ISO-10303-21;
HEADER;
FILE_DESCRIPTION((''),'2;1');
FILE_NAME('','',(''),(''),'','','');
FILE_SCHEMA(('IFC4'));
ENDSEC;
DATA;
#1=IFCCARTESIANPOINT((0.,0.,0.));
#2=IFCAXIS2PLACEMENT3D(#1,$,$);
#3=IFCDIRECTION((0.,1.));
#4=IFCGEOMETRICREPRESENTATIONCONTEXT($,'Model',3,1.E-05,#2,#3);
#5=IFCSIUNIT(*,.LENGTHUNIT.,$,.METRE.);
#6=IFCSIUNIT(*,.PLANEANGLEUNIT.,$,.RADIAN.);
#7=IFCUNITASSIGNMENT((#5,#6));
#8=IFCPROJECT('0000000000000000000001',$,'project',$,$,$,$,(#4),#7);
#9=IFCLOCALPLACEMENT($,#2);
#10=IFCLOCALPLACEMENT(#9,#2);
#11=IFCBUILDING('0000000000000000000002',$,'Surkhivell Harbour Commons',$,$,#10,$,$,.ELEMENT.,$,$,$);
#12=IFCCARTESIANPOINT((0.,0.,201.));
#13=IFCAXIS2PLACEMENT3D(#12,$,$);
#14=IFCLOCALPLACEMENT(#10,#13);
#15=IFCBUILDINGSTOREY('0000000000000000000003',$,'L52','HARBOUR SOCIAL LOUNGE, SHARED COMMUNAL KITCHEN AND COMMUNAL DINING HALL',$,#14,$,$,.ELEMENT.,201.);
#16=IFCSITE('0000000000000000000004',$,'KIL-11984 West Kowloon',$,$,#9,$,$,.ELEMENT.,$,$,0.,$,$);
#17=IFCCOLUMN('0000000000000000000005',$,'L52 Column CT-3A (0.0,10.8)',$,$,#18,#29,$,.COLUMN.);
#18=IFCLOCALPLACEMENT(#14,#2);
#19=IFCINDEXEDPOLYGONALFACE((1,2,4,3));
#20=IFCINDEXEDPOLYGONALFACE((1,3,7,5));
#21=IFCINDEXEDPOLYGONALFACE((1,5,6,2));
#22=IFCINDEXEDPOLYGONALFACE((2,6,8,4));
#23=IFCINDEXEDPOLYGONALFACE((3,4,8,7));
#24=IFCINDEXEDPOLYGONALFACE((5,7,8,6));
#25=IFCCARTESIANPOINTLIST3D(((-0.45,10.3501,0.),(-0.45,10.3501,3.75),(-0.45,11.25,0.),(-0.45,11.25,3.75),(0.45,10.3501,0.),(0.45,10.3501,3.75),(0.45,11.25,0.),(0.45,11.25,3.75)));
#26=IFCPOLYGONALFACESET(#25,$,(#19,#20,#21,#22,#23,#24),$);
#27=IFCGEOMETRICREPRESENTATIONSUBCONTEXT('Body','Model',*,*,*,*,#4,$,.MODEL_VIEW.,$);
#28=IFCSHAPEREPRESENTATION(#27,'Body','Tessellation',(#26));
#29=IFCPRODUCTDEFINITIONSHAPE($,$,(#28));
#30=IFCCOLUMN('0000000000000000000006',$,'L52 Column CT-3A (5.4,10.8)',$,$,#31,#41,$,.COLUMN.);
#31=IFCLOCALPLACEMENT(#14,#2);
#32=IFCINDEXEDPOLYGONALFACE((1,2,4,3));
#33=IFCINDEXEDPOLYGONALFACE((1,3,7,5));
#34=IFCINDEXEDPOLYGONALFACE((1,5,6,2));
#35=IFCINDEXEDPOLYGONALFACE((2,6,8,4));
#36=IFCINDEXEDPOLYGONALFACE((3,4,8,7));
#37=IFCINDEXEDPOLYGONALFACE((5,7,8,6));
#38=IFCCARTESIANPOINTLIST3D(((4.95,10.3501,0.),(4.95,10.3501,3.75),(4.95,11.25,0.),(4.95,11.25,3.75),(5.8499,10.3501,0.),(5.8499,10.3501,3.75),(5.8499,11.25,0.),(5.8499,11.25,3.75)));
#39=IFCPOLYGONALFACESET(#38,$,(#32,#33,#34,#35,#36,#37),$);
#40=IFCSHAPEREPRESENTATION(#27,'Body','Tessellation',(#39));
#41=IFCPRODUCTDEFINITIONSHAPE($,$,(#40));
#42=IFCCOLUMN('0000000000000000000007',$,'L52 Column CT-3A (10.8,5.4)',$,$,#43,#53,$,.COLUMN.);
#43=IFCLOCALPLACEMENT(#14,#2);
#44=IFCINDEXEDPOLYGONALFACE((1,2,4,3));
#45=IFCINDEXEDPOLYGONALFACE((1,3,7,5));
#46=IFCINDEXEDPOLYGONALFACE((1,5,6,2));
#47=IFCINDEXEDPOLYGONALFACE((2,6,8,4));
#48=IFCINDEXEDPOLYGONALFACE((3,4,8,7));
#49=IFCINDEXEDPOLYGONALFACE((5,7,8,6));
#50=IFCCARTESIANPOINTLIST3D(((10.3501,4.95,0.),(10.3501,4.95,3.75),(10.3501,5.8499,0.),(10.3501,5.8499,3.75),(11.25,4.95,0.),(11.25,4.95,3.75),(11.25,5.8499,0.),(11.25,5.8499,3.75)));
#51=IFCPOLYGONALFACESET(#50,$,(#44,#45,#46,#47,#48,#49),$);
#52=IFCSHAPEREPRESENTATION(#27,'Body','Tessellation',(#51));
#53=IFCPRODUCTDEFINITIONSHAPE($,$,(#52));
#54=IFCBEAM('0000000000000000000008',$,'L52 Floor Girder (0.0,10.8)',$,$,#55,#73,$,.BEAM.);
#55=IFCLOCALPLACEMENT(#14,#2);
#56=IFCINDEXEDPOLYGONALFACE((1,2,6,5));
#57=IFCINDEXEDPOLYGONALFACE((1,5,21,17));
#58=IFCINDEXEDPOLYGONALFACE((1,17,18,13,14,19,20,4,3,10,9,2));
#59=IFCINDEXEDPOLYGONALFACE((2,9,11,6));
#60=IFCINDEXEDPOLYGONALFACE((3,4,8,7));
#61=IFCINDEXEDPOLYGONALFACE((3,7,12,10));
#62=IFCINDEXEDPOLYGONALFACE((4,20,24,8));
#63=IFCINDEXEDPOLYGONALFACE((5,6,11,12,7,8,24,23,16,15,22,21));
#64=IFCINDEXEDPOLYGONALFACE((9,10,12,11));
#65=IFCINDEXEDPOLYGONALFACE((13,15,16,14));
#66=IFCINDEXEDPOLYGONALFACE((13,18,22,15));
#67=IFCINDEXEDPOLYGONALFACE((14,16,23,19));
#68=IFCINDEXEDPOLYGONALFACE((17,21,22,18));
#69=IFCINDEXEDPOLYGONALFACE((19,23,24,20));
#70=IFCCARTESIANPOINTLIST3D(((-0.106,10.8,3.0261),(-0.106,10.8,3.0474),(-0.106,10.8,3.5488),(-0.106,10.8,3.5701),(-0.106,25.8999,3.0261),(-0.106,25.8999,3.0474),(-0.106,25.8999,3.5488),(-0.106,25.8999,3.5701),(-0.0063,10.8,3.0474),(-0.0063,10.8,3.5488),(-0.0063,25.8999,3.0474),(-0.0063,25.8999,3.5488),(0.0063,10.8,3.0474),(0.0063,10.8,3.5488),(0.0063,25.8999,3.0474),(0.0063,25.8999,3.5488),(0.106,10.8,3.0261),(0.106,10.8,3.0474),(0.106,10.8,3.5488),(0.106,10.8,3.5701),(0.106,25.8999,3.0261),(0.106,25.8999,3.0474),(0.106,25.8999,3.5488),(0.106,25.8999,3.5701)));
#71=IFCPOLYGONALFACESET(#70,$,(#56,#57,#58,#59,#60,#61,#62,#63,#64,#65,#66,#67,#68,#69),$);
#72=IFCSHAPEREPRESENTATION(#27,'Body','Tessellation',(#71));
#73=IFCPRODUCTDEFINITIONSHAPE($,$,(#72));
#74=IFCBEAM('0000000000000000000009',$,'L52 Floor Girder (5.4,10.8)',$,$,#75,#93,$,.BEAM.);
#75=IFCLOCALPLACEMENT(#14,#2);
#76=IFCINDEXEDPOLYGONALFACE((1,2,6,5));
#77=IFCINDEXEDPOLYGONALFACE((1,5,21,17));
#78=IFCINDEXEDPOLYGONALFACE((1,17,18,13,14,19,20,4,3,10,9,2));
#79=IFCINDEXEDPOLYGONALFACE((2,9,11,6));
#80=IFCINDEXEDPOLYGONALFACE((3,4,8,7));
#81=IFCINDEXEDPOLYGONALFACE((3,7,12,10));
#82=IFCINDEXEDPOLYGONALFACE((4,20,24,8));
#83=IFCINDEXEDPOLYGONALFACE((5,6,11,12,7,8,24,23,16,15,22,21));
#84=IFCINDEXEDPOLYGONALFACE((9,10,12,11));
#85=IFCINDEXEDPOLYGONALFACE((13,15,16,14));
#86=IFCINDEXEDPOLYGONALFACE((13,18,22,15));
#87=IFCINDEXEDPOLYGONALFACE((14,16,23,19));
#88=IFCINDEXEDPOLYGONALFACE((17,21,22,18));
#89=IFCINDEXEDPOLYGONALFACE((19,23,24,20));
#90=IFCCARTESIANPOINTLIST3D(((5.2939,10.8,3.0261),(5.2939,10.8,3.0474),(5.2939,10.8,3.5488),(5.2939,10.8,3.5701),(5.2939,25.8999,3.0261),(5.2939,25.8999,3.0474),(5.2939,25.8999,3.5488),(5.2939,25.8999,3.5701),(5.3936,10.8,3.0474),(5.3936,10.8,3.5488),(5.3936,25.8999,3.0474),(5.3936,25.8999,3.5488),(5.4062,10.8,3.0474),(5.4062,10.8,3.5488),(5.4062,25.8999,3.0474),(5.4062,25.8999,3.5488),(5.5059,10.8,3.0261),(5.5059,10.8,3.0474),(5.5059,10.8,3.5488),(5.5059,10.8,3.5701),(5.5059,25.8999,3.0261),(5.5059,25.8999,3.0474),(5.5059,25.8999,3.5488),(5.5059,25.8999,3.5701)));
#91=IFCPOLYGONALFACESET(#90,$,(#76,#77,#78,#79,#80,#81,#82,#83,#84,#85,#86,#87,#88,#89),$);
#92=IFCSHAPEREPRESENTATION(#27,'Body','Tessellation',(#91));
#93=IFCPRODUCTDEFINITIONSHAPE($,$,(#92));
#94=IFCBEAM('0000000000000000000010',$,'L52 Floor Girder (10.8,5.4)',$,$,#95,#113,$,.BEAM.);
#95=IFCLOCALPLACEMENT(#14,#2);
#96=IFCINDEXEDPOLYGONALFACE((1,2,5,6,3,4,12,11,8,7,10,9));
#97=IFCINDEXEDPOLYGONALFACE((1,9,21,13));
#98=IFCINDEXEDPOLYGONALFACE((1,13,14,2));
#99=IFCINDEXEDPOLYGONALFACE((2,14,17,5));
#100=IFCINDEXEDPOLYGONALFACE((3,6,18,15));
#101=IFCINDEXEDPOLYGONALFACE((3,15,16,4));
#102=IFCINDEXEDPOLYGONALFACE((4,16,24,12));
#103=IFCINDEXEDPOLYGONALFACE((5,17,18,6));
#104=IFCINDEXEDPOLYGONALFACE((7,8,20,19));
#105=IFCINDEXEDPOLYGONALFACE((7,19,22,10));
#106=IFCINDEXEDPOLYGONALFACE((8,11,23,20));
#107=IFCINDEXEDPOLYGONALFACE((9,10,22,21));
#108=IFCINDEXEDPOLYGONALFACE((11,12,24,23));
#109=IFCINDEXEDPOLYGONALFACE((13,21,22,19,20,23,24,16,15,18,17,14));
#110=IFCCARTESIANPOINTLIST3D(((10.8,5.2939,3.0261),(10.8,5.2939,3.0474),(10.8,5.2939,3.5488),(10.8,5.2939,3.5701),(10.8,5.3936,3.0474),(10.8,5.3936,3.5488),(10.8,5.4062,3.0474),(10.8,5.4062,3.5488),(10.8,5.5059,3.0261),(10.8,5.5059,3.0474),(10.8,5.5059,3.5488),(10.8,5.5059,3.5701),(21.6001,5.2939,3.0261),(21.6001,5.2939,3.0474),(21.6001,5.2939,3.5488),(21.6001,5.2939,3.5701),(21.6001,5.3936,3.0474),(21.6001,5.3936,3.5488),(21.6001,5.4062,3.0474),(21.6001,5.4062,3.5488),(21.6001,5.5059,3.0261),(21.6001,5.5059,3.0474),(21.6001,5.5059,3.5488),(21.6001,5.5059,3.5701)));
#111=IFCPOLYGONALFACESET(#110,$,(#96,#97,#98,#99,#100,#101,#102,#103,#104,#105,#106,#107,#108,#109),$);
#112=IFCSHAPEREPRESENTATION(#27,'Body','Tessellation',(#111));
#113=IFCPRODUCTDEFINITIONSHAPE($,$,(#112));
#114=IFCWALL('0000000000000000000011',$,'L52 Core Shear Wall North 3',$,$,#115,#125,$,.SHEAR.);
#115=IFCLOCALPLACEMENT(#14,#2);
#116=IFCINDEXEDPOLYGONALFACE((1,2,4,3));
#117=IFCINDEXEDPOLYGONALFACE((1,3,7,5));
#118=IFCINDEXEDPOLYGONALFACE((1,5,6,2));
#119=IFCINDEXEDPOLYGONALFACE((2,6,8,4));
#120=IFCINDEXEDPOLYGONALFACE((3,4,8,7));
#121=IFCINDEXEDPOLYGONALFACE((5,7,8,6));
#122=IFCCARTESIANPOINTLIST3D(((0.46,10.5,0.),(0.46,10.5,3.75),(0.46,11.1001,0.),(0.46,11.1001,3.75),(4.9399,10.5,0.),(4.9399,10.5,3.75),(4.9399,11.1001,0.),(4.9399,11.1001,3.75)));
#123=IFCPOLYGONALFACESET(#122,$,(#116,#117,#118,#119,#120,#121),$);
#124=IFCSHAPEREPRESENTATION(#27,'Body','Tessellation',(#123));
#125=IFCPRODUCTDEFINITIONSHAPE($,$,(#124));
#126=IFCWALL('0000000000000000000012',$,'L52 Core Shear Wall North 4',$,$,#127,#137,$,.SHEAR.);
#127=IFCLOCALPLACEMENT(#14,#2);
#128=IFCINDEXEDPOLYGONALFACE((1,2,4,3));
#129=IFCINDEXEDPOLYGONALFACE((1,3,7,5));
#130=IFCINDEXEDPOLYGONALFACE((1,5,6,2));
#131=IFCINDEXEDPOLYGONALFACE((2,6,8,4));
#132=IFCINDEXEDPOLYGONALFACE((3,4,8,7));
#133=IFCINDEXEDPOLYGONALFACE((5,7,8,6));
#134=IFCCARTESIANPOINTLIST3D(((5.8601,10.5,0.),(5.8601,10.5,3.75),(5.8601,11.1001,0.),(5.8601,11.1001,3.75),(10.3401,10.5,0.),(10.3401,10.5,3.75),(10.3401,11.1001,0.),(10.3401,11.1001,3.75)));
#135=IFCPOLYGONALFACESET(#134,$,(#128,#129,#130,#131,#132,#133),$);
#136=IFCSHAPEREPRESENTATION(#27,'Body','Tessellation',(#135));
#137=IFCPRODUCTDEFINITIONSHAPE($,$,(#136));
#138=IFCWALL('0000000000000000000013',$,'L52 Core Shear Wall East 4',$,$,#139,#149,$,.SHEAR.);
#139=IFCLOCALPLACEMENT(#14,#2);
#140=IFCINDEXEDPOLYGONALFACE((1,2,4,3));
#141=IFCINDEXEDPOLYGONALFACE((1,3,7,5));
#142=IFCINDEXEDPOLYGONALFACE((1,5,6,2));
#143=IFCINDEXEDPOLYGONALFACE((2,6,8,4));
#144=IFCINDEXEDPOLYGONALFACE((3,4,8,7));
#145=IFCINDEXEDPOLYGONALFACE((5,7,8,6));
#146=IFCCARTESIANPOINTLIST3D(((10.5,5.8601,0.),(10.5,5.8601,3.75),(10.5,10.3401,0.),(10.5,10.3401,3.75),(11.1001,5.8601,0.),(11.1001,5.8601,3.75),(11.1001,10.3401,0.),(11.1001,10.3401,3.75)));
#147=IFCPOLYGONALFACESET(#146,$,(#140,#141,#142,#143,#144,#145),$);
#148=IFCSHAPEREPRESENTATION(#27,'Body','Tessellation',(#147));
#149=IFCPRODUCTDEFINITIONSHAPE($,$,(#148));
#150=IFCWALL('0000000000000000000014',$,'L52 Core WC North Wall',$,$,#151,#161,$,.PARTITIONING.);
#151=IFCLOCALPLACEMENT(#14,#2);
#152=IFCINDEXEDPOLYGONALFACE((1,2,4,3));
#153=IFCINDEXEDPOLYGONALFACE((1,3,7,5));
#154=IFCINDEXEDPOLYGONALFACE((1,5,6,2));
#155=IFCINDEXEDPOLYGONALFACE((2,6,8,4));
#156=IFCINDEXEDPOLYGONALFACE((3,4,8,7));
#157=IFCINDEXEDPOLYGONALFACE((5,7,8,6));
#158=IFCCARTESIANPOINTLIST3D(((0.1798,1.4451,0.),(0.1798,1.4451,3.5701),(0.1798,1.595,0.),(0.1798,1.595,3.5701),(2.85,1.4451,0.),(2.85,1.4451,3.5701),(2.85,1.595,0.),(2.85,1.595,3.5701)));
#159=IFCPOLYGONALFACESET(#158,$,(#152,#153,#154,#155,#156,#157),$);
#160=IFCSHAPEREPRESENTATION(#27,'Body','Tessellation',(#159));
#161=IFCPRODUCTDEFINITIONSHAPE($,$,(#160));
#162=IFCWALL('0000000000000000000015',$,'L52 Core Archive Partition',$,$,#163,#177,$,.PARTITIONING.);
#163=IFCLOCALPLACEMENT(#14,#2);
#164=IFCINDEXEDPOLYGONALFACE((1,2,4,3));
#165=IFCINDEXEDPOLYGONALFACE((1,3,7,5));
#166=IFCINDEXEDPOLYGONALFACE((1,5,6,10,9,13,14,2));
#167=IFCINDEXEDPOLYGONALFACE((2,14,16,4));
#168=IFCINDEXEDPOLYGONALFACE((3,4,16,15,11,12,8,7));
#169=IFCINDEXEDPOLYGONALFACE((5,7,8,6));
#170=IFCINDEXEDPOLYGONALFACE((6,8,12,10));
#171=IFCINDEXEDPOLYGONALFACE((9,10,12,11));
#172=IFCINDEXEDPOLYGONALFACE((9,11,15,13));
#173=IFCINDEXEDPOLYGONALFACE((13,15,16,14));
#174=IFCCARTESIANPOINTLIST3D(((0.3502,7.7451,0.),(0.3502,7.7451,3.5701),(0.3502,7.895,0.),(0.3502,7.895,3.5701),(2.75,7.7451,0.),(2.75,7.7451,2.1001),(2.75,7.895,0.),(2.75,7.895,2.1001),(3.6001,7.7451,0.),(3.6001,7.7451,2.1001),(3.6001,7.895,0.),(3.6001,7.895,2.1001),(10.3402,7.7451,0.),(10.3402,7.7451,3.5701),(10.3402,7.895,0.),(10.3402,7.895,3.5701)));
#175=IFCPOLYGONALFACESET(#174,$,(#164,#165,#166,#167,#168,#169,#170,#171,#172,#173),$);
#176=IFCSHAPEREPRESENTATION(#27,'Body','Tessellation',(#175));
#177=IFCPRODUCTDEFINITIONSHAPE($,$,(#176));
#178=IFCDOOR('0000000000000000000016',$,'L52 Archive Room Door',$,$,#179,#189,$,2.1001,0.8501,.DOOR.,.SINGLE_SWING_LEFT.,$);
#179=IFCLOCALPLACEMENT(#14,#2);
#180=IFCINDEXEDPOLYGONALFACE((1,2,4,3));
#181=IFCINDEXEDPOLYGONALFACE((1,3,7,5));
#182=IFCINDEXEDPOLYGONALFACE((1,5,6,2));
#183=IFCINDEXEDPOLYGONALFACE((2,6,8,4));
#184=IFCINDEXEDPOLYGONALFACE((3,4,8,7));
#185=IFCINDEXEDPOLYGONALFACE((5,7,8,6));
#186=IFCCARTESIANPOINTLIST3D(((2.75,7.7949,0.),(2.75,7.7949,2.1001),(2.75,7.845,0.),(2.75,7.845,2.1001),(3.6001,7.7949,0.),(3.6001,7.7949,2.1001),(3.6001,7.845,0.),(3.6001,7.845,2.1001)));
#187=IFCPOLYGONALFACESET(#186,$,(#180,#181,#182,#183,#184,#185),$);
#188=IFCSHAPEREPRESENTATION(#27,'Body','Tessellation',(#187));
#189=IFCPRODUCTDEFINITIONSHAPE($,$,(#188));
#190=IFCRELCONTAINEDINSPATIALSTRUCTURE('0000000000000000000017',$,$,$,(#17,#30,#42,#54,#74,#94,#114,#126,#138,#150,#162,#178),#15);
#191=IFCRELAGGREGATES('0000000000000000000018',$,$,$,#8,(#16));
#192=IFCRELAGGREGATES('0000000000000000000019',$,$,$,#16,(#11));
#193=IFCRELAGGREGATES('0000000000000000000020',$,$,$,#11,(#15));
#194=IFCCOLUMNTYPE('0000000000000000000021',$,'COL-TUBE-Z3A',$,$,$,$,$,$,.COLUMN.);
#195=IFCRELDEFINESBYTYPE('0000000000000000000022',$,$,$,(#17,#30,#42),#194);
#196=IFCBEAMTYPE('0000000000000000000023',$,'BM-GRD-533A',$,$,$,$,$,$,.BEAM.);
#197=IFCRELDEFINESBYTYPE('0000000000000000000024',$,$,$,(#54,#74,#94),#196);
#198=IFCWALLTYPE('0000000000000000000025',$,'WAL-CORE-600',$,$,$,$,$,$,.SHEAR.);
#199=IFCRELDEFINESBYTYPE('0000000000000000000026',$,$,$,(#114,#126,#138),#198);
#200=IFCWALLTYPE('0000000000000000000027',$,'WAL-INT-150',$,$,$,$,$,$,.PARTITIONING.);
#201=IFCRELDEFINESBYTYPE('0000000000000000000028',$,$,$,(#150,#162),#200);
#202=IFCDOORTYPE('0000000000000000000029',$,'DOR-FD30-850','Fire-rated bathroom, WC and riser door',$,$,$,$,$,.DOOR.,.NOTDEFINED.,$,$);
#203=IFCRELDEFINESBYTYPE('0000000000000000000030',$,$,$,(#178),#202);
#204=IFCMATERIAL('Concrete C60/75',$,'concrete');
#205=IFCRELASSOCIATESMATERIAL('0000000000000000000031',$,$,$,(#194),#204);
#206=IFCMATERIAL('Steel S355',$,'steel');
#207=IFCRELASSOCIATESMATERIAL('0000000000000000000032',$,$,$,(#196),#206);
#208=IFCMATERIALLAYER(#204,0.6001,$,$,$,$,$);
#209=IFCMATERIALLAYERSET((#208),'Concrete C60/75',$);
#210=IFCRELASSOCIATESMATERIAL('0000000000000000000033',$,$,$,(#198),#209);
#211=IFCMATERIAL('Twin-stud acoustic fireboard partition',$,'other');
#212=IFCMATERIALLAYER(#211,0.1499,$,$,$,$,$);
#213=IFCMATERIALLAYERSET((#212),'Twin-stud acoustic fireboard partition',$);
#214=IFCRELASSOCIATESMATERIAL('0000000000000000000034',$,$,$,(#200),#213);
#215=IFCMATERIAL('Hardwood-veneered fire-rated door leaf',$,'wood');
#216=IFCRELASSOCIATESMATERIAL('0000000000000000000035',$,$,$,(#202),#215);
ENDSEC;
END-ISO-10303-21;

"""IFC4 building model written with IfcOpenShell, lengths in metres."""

from ifc_helpers import new_model, si_unit, direction, frame, frame_2d, origin, origin_2d, place, context, subcontext, project, spatial, rectangle, i_section, extrude, material, layer, layer_set, material_profile, profile_set, type_object, element, fill, save


model = new_model("IFC4")

# Units and contexts
model_context = context("Model", 3, precision=1e-05, world=origin(), true_north=direction((0.0, 1.0)))
body_context = subcontext(model_context, "Body", "Model", "MODEL_VIEW")
ifc_project = project(units=[si_unit("LENGTHUNIT", "METRE"), si_unit("PLANEANGLEUNIT", "RADIAN")], contexts=[model_context])

# Site, building, storey
site_placement = place(None, origin())
site = spatial("IfcSite", under=ifc_project, at=site_placement, Name="KIL-11984 West Kowloon", CompositionType="ELEMENT", RefElevation=0.0)
building_placement = place(site_placement, origin())
building = spatial("IfcBuilding", under=site, at=building_placement, Name="Surkhivell Harbour Commons", CompositionType="ELEMENT")
storey_placement = place(building_placement, frame((0.0, 0.0, 201.0)))
storey = spatial("IfcBuildingStorey", under=building, at=storey_placement, Name="L52", Description="HARBOUR SOCIAL LOUNGE, SHARED COMMUNAL KITCHEN AND COMMUNAL DINING HALL", CompositionType="ELEMENT", Elevation=201.0)

# Columns
ifc_material_1 = material(Name="Concrete C60/75", Category="concrete")
ifc_material_profile_1 = material_profile(ifc_material_1, rectangle(XDim=0.8999, YDim=0.8999, at=origin_2d()), Name="RC-COL-900x900")
ifc_profile_set_1 = profile_set([ifc_material_profile_1], Name="Concrete C60/75")
column_type = type_object("IfcColumnType", Name="COL-TUBE-Z3A", PredefinedType="COLUMN", material=ifc_profile_set_1)
for number, where, z_axis, x_axis, name in (
    (1, (0.0, 10.8, 0.0), (0.0, 0.0, 1.0), (1.0, 0.0, 0.0), "L52 Column CT-3A (0.0,10.8)"),
    (2, (5.3999, 10.8, 0.0), (0.0, 0.0, 1.0), (1.0, 0.0, 0.0), "L52 Column CT-3A (5.4,10.8)"),
    (3, (10.8, 5.3999, 0.0), (0.0, 0.0, 1.0), (1.0, 0.0, 0.0), "L52 Column CT-3A (10.8,5.4)"),
):
    element("IfcColumn", number, at=place(storey_placement, frame(where, z_axis=z_axis, x_axis=x_axis)), inside=storey, type_object=column_type, Name=name, PredefinedType="COLUMN", context=body_context, shape_type="SweptSolid", body=[
        extrude(rectangle(XDim=0.8999, YDim=0.8999, at=origin_2d()), origin(), (0.0, 0.0, 1.0), 3.75),
    ])

# Beams
ifc_material_2 = material(Name="Steel S355", Category="steel")
ifc_material_profile_2 = material_profile(ifc_material_2, i_section(OverallWidth=0.2119, OverallDepth=0.5439, WebThickness=0.0127, FlangeThickness=0.0212, at=origin_2d()), Name="UB533x210x122")
ifc_profile_set_2 = profile_set([ifc_material_profile_2], Name="Steel S355")
beam_type = type_object("IfcBeamType", Name="BM-GRD-533A", PredefinedType="BEAM", material=ifc_profile_set_2)
for number, where, z_axis, x_axis, name in (
    (4, (0.0, 10.8, 3.2981), (0.0, 1.0, 0.0), (-1.0, 0.0, 0.0), "L52 Floor Girder (0.0,10.8)"),
    (5, (5.3999, 10.8, 3.2981), (0.0, 1.0, 0.0), (-1.0, 0.0, 0.0), "L52 Floor Girder (5.4,10.8)"),
):
    element("IfcBeam", number, at=place(storey_placement, frame(where, z_axis=z_axis, x_axis=x_axis)), inside=storey, type_object=beam_type, Name=name, PredefinedType="BEAM", context=body_context, shape_type="SweptSolid", body=[
        extrude(i_section(OverallWidth=0.2119, OverallDepth=0.5439, WebThickness=0.0127, FlangeThickness=0.0212, at=origin_2d()), origin(), (0.0, 0.0, 1.0), 15.0999),
    ])
beam_placement = place(storey_placement, frame((10.8, 5.3999, 3.2981), z_axis=(1.0, 0.0, 0.0), x_axis=(0.0, 1.0, 0.0)))
element("IfcBeam", 6, at=beam_placement, inside=storey, type_object=beam_type, Name="L52 Floor Girder (10.8,5.4)", PredefinedType="BEAM", context=body_context, shape_type="SweptSolid", body=[
    extrude(i_section(OverallWidth=0.2119, OverallDepth=0.5439, WebThickness=0.0127, FlangeThickness=0.0212, at=origin_2d()), origin(), (0.0, 0.0, 1.0), 10.8),
])

# Walls
ifc_layer_1 = layer(ifc_material_1, 0.6001)
ifc_layer_set_1 = layer_set([ifc_layer_1], Name="Concrete C60/75")
wall_type_1 = type_object("IfcWallType", Name="WAL-CORE-600", PredefinedType="SHEAR", material=ifc_layer_set_1)
for number, where, z_axis, x_axis, name in (
    (7, (0.46, 10.8, 0.0), (0.0, 0.0, 1.0), (1.0, 0.0, 0.0), "L52 Core Shear Wall North 3"),
    (8, (5.8601, 10.8, 0.0), (0.0, 0.0, 1.0), (1.0, 0.0, 0.0), "L52 Core Shear Wall North 4"),
    (9, (10.8, 5.8601, 0.0), (0.0, 0.0, 1.0), (0.0, 1.0, 0.0), "L52 Core Shear Wall East 4"),
):
    element("IfcWall", number, at=place(storey_placement, frame(where, z_axis=z_axis, x_axis=x_axis)), inside=storey, type_object=wall_type_1, Name=name, PredefinedType="SHEAR", context=body_context, shape_type="SweptSolid", body=[
        extrude(rectangle(XDim=4.48, YDim=0.6001, at=frame_2d((2.24, 0.0))), origin(), (0.0, 0.0, 1.0), 3.75),
    ])
ifc_material_3 = material(Name="Twin-stud acoustic fireboard partition", Category="other")
ifc_layer_2 = layer(ifc_material_3, 0.1499)
ifc_layer_set_2 = layer_set([ifc_layer_2], Name="Twin-stud acoustic fireboard partition")
wall_type_2 = type_object("IfcWallType", Name="WAL-INT-150", PredefinedType="PARTITIONING", material=ifc_layer_set_2)
wall_1_placement = place(storey_placement, frame((0.1799, 1.52, 0.0), z_axis=(0.0, 0.0, 1.0), x_axis=(1.0, 0.0, 0.0)))
element("IfcWall", 10, at=wall_1_placement, inside=storey, type_object=wall_type_2, Name="L52 Core WC North Wall", PredefinedType="PARTITIONING", context=body_context, shape_type="SweptSolid", body=[
    extrude(rectangle(XDim=2.6702, YDim=0.1499, at=frame_2d((1.335, 0.0))), origin(), (0.0, 0.0, 1.0), 3.5701),
])

# Wall, opening, door
wall_2_placement = place(storey_placement, frame((0.3501, 7.8201, 0.0), z_axis=(0.0, 0.0, 1.0), x_axis=(1.0, 0.0, 0.0)))
wall_2 = element("IfcWall", 11, at=wall_2_placement, inside=storey, type_object=wall_type_2, Name="L52 Core Archive Partition", PredefinedType="PARTITIONING", context=body_context, shape_type="SweptSolid", body=[
    extrude(rectangle(XDim=9.99, YDim=0.1499, at=frame_2d((4.9951, 0.0))), origin(), (0.0, 0.0, 1.0), 3.5701),
])
opening_1_placement = place(wall_2_placement, frame((2.3999, 0.0, 0.0)))
opening_1 = element("IfcOpeningElement", 12, at=opening_1_placement, cuts=wall_2, PredefinedType="OPENING", context=body_context, shape_type="SweptSolid", body=[
    extrude(rectangle(XDim=0.8501, YDim=2.1001, at=frame_2d((0.425, 1.05))), frame((0.0, 0.085, 0.0), z_axis=(0.0, -1.0, 0.0), x_axis=(1.0, 0.0, 0.0)), (0.0, 0.0, 1.0), 0.1699),
])
ifc_material_4 = material(Name="Hardwood-veneered fire-rated door leaf", Category="wood")
door_type_1 = type_object("IfcDoorType", Name="DOR-FD30-850", Description="Fire-rated bathroom, WC and riser door", OperationType="NOTDEFINED", PredefinedType="DOOR", material=ifc_material_4)
door_1_placement = place(opening_1_placement, origin())
door_1 = element("IfcDoor", 13, at=door_1_placement, inside=storey, type_object=door_type_1, Name="L52 Archive Room Door", OperationType="SINGLE_SWING_LEFT", OverallHeight=2.1001, OverallWidth=0.8501, PredefinedType="DOOR", context=body_context, shape_type="SweptSolid", body=[
    extrude(rectangle(XDim=0.8501, YDim=2.1001, at=frame_2d((0.425, 1.05))), frame((0.0, 0.0249, 0.0), z_axis=(0.0, -1.0, 0.0), x_axis=(1.0, 0.0, 0.0)), (0.0, 0.0, 1.0), 0.05),
])
fill(opening_1, door_1)

save(model, "model.ifc")
